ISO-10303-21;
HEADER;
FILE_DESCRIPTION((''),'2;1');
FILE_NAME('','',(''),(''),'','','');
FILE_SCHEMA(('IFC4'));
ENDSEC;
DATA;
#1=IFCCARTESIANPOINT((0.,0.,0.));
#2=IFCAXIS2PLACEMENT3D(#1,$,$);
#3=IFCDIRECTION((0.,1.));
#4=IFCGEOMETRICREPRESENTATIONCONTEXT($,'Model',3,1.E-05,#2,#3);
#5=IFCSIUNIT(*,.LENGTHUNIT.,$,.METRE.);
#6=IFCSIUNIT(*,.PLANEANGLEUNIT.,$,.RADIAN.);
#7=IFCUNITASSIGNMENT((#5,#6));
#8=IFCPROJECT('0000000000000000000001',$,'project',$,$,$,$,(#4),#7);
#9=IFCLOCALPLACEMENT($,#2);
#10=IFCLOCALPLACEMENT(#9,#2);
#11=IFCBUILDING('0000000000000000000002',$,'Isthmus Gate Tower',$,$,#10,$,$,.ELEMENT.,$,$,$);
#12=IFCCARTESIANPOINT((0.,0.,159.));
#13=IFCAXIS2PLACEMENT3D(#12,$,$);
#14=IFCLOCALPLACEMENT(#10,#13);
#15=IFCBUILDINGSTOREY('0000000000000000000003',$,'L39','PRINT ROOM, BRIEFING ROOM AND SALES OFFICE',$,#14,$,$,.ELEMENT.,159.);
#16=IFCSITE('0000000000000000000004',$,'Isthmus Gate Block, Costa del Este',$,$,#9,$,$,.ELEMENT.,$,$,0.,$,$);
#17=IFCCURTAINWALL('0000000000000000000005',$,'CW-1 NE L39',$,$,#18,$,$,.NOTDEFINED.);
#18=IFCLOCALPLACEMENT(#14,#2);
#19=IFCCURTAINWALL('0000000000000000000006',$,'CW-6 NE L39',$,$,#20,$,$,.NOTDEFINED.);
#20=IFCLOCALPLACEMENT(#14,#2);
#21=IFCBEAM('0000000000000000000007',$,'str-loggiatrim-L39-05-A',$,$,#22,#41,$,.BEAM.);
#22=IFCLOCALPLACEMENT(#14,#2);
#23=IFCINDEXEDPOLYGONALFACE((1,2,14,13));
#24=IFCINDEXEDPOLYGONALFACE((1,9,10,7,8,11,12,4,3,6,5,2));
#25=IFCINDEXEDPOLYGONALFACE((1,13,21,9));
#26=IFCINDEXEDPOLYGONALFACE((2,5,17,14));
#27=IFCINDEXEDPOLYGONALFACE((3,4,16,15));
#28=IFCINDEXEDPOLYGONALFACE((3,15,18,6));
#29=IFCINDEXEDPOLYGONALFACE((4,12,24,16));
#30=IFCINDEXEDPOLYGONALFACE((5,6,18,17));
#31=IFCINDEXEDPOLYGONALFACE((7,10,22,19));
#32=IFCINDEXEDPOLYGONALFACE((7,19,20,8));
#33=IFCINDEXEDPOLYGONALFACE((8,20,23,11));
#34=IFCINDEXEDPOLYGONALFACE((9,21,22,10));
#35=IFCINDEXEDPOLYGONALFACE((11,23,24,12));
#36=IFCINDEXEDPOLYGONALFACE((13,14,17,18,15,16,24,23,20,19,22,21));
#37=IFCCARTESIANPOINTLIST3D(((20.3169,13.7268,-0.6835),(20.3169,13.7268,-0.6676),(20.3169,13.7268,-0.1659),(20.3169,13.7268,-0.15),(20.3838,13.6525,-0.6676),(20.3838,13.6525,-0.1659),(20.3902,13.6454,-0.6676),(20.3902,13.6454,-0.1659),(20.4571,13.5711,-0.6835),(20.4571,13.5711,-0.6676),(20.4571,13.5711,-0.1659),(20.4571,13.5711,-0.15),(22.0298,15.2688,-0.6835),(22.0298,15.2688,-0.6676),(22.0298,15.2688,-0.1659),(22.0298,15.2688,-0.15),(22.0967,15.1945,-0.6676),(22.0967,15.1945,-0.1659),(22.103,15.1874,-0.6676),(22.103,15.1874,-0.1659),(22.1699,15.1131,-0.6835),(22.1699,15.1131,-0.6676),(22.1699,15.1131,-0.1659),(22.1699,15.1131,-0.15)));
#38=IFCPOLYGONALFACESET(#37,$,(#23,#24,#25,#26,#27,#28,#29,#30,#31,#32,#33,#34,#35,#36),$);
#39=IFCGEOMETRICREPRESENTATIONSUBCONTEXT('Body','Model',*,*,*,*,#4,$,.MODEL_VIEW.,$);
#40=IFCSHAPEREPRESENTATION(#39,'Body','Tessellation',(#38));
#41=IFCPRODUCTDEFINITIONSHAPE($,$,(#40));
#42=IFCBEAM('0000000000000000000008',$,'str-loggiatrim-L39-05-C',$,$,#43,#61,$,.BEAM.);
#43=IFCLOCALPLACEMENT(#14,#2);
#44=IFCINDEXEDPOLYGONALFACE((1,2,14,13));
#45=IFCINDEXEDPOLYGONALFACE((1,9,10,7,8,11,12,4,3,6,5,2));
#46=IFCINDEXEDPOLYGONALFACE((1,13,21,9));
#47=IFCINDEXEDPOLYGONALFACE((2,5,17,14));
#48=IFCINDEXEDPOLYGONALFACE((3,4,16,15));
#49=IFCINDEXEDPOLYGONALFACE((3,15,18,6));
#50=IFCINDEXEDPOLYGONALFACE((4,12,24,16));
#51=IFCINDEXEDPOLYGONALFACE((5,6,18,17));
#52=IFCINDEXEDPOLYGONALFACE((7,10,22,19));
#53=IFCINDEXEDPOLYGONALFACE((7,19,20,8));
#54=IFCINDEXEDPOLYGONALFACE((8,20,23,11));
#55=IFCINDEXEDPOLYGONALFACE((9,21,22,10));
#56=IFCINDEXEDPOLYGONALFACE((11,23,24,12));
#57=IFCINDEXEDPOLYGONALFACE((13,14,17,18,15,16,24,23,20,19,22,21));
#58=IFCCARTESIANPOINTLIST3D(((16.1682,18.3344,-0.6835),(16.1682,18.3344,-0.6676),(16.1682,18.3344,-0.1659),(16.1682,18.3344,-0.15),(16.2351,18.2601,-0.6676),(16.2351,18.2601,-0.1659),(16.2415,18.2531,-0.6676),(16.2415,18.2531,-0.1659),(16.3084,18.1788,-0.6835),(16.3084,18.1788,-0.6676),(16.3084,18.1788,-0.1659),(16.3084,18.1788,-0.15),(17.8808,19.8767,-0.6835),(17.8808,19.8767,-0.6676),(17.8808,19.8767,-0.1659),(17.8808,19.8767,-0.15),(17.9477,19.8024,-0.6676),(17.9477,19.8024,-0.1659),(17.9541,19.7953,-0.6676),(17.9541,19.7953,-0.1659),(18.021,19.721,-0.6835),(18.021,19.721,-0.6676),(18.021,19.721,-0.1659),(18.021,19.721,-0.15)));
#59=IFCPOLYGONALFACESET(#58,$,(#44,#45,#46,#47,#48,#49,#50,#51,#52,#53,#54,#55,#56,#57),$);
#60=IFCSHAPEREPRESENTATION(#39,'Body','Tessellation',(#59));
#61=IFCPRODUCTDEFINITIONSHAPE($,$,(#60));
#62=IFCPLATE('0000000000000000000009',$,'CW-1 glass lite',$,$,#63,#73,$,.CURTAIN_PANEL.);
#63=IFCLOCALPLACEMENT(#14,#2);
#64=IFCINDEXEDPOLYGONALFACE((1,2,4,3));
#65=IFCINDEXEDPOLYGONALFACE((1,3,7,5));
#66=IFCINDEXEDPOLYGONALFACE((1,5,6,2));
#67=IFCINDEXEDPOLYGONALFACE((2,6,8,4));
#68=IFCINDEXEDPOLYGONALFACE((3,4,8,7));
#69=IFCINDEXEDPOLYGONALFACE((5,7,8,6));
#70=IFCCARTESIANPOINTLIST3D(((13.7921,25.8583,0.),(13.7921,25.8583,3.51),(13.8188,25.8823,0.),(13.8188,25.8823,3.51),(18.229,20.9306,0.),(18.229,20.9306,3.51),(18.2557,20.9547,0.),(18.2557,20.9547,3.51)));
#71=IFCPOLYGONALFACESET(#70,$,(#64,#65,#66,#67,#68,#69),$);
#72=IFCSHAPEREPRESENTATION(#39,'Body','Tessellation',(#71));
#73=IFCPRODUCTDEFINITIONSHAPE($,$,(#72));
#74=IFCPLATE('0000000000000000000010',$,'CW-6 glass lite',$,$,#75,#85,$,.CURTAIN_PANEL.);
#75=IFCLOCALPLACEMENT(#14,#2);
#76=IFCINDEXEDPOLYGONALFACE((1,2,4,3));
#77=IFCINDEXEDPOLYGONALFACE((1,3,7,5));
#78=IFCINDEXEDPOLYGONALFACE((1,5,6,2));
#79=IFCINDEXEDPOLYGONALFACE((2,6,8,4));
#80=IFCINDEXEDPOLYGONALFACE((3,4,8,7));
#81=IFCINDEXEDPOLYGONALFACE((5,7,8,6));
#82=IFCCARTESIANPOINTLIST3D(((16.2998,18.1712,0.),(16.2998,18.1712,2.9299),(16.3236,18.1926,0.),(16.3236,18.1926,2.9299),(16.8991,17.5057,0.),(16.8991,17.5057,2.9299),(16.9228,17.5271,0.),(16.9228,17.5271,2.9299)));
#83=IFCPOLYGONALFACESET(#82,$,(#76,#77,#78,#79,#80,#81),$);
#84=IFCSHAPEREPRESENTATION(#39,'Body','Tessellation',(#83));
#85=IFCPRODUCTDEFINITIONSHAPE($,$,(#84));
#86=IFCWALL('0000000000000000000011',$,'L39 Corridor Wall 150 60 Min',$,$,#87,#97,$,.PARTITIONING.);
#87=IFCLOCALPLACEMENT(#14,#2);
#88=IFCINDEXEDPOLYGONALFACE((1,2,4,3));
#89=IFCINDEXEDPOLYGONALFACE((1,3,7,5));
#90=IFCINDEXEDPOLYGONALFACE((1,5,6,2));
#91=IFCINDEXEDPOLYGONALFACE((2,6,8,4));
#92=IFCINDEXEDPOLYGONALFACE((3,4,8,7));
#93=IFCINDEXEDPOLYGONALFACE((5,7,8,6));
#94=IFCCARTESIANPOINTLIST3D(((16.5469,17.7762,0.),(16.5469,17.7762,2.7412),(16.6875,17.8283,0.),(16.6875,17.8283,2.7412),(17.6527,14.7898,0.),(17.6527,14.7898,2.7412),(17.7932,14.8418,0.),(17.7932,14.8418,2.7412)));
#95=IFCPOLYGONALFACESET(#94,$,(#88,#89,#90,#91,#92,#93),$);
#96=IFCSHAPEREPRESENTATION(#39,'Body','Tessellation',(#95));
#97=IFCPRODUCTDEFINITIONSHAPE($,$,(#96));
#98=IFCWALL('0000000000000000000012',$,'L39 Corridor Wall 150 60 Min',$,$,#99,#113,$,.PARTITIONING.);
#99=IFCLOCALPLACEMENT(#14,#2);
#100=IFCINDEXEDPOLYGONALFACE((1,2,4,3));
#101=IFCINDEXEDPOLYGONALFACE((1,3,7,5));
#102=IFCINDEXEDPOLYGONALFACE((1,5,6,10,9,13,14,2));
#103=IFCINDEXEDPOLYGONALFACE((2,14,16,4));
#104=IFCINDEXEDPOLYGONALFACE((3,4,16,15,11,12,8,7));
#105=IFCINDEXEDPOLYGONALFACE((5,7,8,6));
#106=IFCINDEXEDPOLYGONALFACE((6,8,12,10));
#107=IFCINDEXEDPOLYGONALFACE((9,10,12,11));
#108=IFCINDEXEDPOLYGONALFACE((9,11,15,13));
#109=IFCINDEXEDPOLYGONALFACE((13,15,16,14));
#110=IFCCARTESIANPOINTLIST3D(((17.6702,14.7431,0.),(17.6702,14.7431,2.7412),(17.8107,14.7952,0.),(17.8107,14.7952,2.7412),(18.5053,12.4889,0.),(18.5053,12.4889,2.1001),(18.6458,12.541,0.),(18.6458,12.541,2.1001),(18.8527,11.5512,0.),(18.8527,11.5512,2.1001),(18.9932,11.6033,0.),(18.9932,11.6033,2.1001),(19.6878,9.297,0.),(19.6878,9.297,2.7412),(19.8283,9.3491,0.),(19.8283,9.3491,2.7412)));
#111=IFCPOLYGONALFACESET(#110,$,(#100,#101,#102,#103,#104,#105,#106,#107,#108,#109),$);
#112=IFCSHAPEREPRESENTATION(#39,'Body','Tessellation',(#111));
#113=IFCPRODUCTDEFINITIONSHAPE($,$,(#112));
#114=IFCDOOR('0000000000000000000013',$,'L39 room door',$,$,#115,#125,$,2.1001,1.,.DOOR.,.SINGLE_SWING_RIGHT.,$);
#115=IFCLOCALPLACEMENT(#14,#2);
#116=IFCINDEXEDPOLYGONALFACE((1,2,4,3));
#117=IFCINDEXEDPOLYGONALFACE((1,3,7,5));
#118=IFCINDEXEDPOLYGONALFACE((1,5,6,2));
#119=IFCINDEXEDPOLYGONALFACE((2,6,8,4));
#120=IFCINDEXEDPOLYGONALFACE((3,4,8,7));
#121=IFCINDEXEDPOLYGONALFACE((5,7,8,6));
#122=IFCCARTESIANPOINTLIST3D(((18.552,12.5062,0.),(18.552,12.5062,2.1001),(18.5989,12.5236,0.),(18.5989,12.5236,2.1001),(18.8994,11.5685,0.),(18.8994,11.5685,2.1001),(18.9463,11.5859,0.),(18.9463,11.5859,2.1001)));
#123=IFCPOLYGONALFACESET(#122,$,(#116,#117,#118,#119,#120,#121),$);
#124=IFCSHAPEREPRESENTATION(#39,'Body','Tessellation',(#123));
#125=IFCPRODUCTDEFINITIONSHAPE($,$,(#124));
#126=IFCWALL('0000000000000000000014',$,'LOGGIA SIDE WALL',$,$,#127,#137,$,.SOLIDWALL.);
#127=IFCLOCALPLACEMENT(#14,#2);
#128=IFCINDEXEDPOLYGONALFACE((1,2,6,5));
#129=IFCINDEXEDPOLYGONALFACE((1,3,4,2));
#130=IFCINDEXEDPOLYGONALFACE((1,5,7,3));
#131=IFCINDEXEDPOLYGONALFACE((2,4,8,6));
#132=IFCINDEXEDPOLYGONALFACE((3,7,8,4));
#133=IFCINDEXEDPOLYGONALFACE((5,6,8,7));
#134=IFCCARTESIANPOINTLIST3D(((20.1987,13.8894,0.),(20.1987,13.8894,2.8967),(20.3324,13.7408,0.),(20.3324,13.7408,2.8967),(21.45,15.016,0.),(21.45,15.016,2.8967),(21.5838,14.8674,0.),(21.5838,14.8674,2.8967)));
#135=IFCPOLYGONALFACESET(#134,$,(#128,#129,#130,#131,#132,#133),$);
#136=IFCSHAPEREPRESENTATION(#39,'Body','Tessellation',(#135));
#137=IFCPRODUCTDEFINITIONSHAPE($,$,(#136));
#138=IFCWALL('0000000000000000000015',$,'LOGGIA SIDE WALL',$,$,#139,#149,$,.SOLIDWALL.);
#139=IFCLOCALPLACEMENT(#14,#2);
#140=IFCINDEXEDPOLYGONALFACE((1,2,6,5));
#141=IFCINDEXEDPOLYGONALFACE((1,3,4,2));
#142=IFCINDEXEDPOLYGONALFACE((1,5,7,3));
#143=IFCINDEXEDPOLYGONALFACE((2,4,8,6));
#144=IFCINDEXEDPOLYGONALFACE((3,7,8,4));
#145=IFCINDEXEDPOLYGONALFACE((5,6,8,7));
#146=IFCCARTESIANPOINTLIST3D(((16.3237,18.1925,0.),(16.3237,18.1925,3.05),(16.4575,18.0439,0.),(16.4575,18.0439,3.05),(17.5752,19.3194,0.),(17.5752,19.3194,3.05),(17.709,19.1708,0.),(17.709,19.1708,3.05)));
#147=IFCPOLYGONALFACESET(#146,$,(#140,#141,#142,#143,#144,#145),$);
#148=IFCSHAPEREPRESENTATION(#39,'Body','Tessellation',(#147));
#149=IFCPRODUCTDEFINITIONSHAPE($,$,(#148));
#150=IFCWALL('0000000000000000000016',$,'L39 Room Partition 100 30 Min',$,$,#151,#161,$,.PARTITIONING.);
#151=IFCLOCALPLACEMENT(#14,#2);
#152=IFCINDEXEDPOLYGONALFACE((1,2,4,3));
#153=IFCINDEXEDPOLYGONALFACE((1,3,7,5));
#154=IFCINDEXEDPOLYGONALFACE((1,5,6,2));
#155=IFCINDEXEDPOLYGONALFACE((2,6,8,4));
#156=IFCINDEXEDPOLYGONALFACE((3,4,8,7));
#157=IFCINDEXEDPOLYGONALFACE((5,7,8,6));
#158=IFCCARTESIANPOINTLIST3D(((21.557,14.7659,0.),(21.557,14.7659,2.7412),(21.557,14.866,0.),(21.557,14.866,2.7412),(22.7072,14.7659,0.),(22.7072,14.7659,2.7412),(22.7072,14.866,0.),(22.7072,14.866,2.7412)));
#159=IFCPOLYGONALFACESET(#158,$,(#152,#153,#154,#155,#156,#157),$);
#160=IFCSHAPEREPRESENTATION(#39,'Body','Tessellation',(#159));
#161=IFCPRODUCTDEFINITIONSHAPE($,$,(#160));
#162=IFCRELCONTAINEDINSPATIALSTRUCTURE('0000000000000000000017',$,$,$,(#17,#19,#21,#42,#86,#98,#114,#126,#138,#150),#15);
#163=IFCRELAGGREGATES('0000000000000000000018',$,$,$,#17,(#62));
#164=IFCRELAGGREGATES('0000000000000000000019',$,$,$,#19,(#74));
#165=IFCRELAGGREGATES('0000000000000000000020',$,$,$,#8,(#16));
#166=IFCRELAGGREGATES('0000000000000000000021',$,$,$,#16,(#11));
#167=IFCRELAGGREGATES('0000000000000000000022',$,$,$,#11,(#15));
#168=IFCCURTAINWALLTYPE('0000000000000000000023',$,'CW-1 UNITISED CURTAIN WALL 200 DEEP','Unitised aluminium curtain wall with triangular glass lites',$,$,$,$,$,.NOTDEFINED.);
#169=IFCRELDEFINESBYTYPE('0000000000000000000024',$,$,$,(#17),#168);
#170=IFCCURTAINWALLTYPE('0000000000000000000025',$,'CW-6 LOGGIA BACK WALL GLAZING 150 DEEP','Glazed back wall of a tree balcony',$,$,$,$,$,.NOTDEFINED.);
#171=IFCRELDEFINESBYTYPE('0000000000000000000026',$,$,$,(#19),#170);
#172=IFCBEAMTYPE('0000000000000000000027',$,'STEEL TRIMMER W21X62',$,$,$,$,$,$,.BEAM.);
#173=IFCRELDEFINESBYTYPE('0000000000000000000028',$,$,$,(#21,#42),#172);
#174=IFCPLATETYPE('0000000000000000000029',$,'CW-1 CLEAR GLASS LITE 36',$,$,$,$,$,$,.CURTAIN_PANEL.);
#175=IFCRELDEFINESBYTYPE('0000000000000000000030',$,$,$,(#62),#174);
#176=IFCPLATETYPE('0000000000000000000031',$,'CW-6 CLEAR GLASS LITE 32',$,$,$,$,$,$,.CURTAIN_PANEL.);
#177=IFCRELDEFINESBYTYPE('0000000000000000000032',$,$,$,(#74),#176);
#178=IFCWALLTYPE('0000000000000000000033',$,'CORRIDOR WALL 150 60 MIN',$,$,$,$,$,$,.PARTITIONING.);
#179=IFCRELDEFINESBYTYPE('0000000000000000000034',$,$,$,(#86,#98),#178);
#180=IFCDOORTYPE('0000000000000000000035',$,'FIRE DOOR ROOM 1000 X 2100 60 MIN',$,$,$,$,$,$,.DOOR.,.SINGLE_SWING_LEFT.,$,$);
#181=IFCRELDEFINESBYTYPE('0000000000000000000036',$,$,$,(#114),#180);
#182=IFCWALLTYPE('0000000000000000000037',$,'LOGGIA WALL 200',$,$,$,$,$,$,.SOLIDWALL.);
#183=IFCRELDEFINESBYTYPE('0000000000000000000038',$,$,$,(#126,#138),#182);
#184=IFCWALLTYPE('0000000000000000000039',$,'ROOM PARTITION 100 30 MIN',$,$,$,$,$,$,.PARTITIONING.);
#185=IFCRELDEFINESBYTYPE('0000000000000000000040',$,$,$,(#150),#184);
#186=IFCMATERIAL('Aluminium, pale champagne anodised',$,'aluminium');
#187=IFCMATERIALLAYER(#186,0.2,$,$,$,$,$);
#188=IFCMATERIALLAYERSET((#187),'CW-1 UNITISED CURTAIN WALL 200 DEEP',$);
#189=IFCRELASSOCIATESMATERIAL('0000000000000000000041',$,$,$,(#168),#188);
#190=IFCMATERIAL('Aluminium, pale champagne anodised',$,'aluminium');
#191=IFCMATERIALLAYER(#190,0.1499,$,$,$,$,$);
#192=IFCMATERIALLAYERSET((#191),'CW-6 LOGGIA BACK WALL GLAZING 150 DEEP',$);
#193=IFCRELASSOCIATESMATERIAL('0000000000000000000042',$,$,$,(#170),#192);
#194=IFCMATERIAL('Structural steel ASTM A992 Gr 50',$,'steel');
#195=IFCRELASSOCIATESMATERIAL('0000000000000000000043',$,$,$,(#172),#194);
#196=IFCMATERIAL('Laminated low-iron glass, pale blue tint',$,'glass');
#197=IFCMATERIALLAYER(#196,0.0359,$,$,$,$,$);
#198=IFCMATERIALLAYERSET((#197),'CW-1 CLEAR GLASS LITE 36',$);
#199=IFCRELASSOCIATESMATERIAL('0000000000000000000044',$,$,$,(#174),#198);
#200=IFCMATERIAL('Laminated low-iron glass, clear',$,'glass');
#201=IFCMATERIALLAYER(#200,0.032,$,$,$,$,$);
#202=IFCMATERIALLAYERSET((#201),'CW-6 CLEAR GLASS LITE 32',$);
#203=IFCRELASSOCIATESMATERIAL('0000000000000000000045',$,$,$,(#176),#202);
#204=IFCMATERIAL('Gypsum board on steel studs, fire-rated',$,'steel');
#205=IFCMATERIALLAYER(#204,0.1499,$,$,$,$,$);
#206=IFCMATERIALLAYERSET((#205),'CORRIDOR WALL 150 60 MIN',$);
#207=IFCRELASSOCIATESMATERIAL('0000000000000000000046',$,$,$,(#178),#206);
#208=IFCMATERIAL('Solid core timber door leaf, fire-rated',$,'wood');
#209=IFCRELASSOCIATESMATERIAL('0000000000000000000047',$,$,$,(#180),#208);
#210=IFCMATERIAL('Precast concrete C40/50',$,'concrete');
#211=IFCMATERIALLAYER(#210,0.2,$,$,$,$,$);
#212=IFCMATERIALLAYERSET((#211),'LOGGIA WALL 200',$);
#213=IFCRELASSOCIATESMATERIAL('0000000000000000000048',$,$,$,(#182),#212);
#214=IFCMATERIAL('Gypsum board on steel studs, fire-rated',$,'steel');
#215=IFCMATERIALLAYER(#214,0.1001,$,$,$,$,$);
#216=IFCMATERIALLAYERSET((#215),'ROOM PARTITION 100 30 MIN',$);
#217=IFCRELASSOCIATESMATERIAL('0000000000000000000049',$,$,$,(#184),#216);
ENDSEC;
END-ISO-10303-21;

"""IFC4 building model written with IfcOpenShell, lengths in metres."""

from ifc_helpers import new_model, si_unit, direction, frame, frame_2d, origin, origin_2d, place, context, subcontext, project, spatial, rectangle, i_section, extrude, material, layer, layer_set, material_profile, profile_set, type_object, element, fill, aggregate, save


model = new_model("IFC4")

# Units and contexts
model_context = context("Model", 3, precision=1e-05, world=origin(), true_north=direction((0.0, 1.0)))
body_context = subcontext(model_context, "Body", "Model", "MODEL_VIEW")
ifc_project = project(units=[si_unit("LENGTHUNIT", "METRE"), si_unit("PLANEANGLEUNIT", "RADIAN")], contexts=[model_context])

# Site, building, storey
site_placement = place(None, origin())
site = spatial("IfcSite", under=ifc_project, at=site_placement, Name="Isthmus Gate Block, Costa del Este", CompositionType="ELEMENT", RefElevation=0.0)
building_placement = place(site_placement, origin())
building = spatial("IfcBuilding", under=site, at=building_placement, Name="Isthmus Gate Tower", CompositionType="ELEMENT")
storey_placement = place(building_placement, frame((0.0, 0.0, 159.0)))
storey = spatial("IfcBuildingStorey", under=building, at=storey_placement, Name="L39", Description="PRINT ROOM, BRIEFING ROOM AND SALES OFFICE", CompositionType="ELEMENT", Elevation=159.0)

# Curtain wall
ifc_material_1 = material(Name="Aluminium, pale champagne anodised", Category="aluminium")
ifc_layer_1 = layer(ifc_material_1, 0.2)
ifc_layer_set_1 = layer_set([ifc_layer_1], Name="CW-1 UNITISED CURTAIN WALL 200 DEEP")
curtain_wall_type_1 = type_object("IfcCurtainWallType", Name="CW-1 UNITISED CURTAIN WALL 200 DEEP", Description="Unitised aluminium curtain wall with triangular glass lites", PredefinedType="NOTDEFINED", material=ifc_layer_set_1)
curtain_wall_1_placement = place(storey_placement, origin())
curtain_wall_1 = element("IfcCurtainWall", 1, at=curtain_wall_1_placement, inside=storey, type_object=curtain_wall_type_1, Name="CW-1 NE L39", PredefinedType="NOTDEFINED")

# Curtain wall
ifc_material_2 = material(Name="Aluminium, pale champagne anodised", Category="aluminium")
ifc_layer_2 = layer(ifc_material_2, 0.1499)
ifc_layer_set_2 = layer_set([ifc_layer_2], Name="CW-6 LOGGIA BACK WALL GLAZING 150 DEEP")
curtain_wall_type_2 = type_object("IfcCurtainWallType", Name="CW-6 LOGGIA BACK WALL GLAZING 150 DEEP", Description="Glazed back wall of a tree balcony", PredefinedType="NOTDEFINED", material=ifc_layer_set_2)
curtain_wall_2_placement = place(storey_placement, origin())
curtain_wall_2 = element("IfcCurtainWall", 2, at=curtain_wall_2_placement, inside=storey, type_object=curtain_wall_type_2, Name="CW-6 NE L39", PredefinedType="NOTDEFINED")

# Beams
ifc_material_3 = material(Name="Structural steel ASTM A992 Gr 50", Category="steel")
ifc_material_profile_1 = material_profile(ifc_material_3, i_section(OverallWidth=0.2095, OverallDepth=0.5334, WebThickness=0.0095, FlangeThickness=0.0159, at=origin_2d()), Name="W21X62")
ifc_profile_set_1 = profile_set([ifc_material_profile_1], Name="Structural steel ASTM A992 Gr 50")
beam_type_1 = type_object("IfcBeamType", Name="STEEL TRIMMER W21X62", PredefinedType="BEAM", material=ifc_profile_set_1)
for number, where, z_axis, x_axis, name in (
    (3, (22.0999, 15.1909, -0.4167), (-0.74321, -0.669058, 0.0), (0.669058, -0.74321, 0.0), "str-loggiatrim-L39-05-A"),
    (4, (17.9509, 19.7988, -0.4167), (-0.74311, -0.66917, 0.0), (0.66917, -0.74311, 0.0), "str-loggiatrim-L39-05-C"),
):
    element("IfcBeam", number, at=place(storey_placement, frame(where, z_axis=z_axis, x_axis=x_axis)), inside=storey, type_object=beam_type_1, Name=name, PredefinedType="BEAM", context=body_context, shape_type="SweptSolid", body=[
        extrude(i_section(OverallWidth=0.2095, OverallDepth=0.5334, WebThickness=0.0095, FlangeThickness=0.0159, at=origin_2d()), origin(), (0.0, 0.0, 1.0), 2.3047),
    ])

# Plates
ifc_material_4 = material(Name="Laminated low-iron glass, pale blue tint", Category="glass")
ifc_layer_3 = layer(ifc_material_4, 0.0359)
ifc_layer_set_3 = layer_set([ifc_layer_3], Name="CW-1 CLEAR GLASS LITE 36")
plate_type_1 = type_object("IfcPlateType", Name="CW-1 CLEAR GLASS LITE 36", PredefinedType="CURTAIN_PANEL", material=ifc_layer_set_3)
plate_1_placement = place(storey_placement, frame((16.0239, 23.4065, 0.0), z_axis=(0.0, 0.0, 1.0), x_axis=(-0.669131, 0.743145, 0.0)))
plate_1 = element("IfcPlate", 5, at=plate_1_placement, type_object=plate_type_1, Name="CW-1 glass lite", PredefinedType="CURTAIN_PANEL", context=body_context, shape_type="SweptSolid", body=[
    extrude(rectangle(XDim=6.6309, YDim=0.0359, at=origin_2d()), origin(), (0.0, 0.0, 1.0), 3.51),
])
aggregate(curtain_wall_1, [plate_1])
ifc_material_5 = material(Name="Laminated low-iron glass, clear", Category="glass")
ifc_layer_4 = layer(ifc_material_5, 0.032)
ifc_layer_set_4 = layer_set([ifc_layer_4], Name="CW-6 CLEAR GLASS LITE 32")
plate_type_2 = type_object("IfcPlateType", Name="CW-6 CLEAR GLASS LITE 32", PredefinedType="CURTAIN_PANEL", material=ifc_layer_set_4)
plate_2_placement = place(storey_placement, frame((16.6113, 17.8491, 0.0), z_axis=(0.0, 0.0, 1.0), x_axis=(-0.669131, 0.743145, 0.0)))
plate_2 = element("IfcPlate", 6, at=plate_2_placement, type_object=plate_type_2, Name="CW-6 glass lite", PredefinedType="CURTAIN_PANEL", context=body_context, shape_type="SweptSolid", body=[
    extrude(rectangle(XDim=0.8955, YDim=0.032, at=origin_2d()), origin(), (0.0, 0.0, 1.0), 2.9299),
])
aggregate(curtain_wall_2, [plate_2])

# Wall
ifc_material_6 = material(Name="Gypsum board on steel studs, fire-rated", Category="steel")
ifc_layer_5 = layer(ifc_material_6, 0.1499)
ifc_layer_set_5 = layer_set([ifc_layer_5], Name="CORRIDOR WALL 150 60 MIN")
wall_type_1 = type_object("IfcWallType", Name="CORRIDOR WALL 150 60 MIN", PredefinedType="PARTITIONING", material=ifc_layer_set_5)
wall_1_placement = place(storey_placement, frame((16.6172, 17.8022, 0.0), z_axis=(0.0, 0.0, 1.0), x_axis=(0.347222, -0.937783, 0.0)))
element("IfcWall", 7, at=wall_1_placement, inside=storey, type_object=wall_type_1, Name="L39 Corridor Wall 150 60 Min", PredefinedType="PARTITIONING", context=body_context, shape_type="SweptSolid", body=[
    extrude(rectangle(XDim=3.1846, YDim=0.1499, at=frame_2d((1.5923, 0.0))), origin(), (0.0, 0.0, 1.0), 2.7412),
])

# Wall, opening, door
wall_2_placement = place(storey_placement, frame((17.7405, 14.769, 0.0), z_axis=(0.0, 0.0, 1.0), x_axis=(0.347394, -0.937719, 0.0)))
wall_2 = element("IfcWall", 8, at=wall_2_placement, inside=storey, type_object=wall_type_1, Name="L39 Corridor Wall 150 60 Min", PredefinedType="PARTITIONING", context=body_context, shape_type="SweptSolid", body=[
    extrude(rectangle(XDim=5.8079, YDim=0.1499, at=frame_2d((2.9038, 0.0))), origin(), (0.0, 0.0, 1.0), 2.7412),
])
opening_placement = place(wall_2_placement, frame((2.4038, 0.0, 0.0)))
opening = element("IfcOpeningElement", 9, at=opening_placement, cuts=wall_2, PredefinedType="OPENING", context=body_context, shape_type="SweptSolid", body=[
    extrude(rectangle(XDim=1.0, YDim=2.1001, at=frame_2d((0.5, 1.05))), frame((0.0, 0.085, 0.0), z_axis=(0.0, -1.0, 0.0), x_axis=(1.0, 0.0, 0.0)), (0.0, 0.0, 1.0), 0.1699),
])
ifc_material_7 = material(Name="Solid core timber door leaf, fire-rated", Category="wood")
door_type = type_object("IfcDoorType", Name="FIRE DOOR ROOM 1000 X 2100 60 MIN", OperationType="SINGLE_SWING_LEFT", PredefinedType="DOOR", material=ifc_material_7)
door_placement = place(opening_placement, origin())
door = element("IfcDoor", 10, at=door_placement, inside=storey, type_object=door_type, Name="L39 room door", OperationType="SINGLE_SWING_RIGHT", OverallHeight=2.1001, OverallWidth=1.0, PredefinedType="DOOR", context=body_context, shape_type="SweptSolid", body=[
    extrude(rectangle(XDim=1.0, YDim=2.1001, at=frame_2d((0.5, 1.05))), frame((0.0, 0.0249, 0.0), z_axis=(0.0, -1.0, 0.0), x_axis=(1.0, 0.0, 0.0)), (0.0, 0.0, 1.0), 0.05),
])
fill(opening, door)

# Walls
ifc_material_8 = material(Name="Precast concrete C40/50", Category="concrete")
ifc_layer_6 = layer(ifc_material_8, 0.2)
ifc_layer_set_6 = layer_set([ifc_layer_6], Name="LOGGIA WALL 200")
wall_type_2 = type_object("IfcWallType", Name="LOGGIA WALL 200", PredefinedType="SOLIDWALL", material=ifc_layer_set_6)
wall_3_placement = place(storey_placement, frame((21.5168, 14.9417, 0.0), z_axis=(0.0, 0.0, 1.0), x_axis=(-0.743179, -0.669093, 0.0)))
element("IfcWall", 11, at=wall_3_placement, inside=storey, type_object=wall_type_2, Name="LOGGIA SIDE WALL", PredefinedType="SOLIDWALL", context=body_context, shape_type="SweptSolid", body=[
    extrude(rectangle(XDim=1.6838, YDim=0.2, at=frame_2d((0.8418, 0.0))), origin(), (0.0, 0.0, 1.0), 2.8967),
])
wall_4_placement = place(storey_placement, frame((17.6421, 19.2451, 0.0), z_axis=(0.0, 0.0, 1.0), x_axis=(-0.743107, -0.669173, 0.0)))
element("IfcWall", 12, at=wall_4_placement, inside=storey, type_object=wall_type_2, Name="LOGGIA SIDE WALL", PredefinedType="SOLIDWALL", context=body_context, shape_type="SweptSolid", body=[
    extrude(rectangle(XDim=1.6841, YDim=0.2, at=frame_2d((0.842, 0.0))), origin(), (0.0, 0.0, 1.0), 3.05),
])
ifc_material_9 = material(Name="Gypsum board on steel studs, fire-rated", Category="steel")
ifc_layer_7 = layer(ifc_material_9, 0.1001)
ifc_layer_set_7 = layer_set([ifc_layer_7], Name="ROOM PARTITION 100 30 MIN")
wall_type_3 = type_object("IfcWallType", Name="ROOM PARTITION 100 30 MIN", PredefinedType="PARTITIONING", material=ifc_layer_set_7)
wall_5_placement = place(storey_placement, frame((21.5569, 14.8159, 0.0), z_axis=(0.0, 0.0, 1.0), x_axis=(1.0, 0.0, 0.0)))
element("IfcWall", 13, at=wall_5_placement, inside=storey, type_object=wall_type_3, Name="L39 Room Partition 100 30 Min", PredefinedType="PARTITIONING", context=body_context, shape_type="SweptSolid", body=[
    extrude(rectangle(XDim=1.1501, YDim=0.1001, at=frame_2d((0.5752, 0.0))), origin(), (0.0, 0.0, 1.0), 2.7412),
])

save(model, "model.ifc")
